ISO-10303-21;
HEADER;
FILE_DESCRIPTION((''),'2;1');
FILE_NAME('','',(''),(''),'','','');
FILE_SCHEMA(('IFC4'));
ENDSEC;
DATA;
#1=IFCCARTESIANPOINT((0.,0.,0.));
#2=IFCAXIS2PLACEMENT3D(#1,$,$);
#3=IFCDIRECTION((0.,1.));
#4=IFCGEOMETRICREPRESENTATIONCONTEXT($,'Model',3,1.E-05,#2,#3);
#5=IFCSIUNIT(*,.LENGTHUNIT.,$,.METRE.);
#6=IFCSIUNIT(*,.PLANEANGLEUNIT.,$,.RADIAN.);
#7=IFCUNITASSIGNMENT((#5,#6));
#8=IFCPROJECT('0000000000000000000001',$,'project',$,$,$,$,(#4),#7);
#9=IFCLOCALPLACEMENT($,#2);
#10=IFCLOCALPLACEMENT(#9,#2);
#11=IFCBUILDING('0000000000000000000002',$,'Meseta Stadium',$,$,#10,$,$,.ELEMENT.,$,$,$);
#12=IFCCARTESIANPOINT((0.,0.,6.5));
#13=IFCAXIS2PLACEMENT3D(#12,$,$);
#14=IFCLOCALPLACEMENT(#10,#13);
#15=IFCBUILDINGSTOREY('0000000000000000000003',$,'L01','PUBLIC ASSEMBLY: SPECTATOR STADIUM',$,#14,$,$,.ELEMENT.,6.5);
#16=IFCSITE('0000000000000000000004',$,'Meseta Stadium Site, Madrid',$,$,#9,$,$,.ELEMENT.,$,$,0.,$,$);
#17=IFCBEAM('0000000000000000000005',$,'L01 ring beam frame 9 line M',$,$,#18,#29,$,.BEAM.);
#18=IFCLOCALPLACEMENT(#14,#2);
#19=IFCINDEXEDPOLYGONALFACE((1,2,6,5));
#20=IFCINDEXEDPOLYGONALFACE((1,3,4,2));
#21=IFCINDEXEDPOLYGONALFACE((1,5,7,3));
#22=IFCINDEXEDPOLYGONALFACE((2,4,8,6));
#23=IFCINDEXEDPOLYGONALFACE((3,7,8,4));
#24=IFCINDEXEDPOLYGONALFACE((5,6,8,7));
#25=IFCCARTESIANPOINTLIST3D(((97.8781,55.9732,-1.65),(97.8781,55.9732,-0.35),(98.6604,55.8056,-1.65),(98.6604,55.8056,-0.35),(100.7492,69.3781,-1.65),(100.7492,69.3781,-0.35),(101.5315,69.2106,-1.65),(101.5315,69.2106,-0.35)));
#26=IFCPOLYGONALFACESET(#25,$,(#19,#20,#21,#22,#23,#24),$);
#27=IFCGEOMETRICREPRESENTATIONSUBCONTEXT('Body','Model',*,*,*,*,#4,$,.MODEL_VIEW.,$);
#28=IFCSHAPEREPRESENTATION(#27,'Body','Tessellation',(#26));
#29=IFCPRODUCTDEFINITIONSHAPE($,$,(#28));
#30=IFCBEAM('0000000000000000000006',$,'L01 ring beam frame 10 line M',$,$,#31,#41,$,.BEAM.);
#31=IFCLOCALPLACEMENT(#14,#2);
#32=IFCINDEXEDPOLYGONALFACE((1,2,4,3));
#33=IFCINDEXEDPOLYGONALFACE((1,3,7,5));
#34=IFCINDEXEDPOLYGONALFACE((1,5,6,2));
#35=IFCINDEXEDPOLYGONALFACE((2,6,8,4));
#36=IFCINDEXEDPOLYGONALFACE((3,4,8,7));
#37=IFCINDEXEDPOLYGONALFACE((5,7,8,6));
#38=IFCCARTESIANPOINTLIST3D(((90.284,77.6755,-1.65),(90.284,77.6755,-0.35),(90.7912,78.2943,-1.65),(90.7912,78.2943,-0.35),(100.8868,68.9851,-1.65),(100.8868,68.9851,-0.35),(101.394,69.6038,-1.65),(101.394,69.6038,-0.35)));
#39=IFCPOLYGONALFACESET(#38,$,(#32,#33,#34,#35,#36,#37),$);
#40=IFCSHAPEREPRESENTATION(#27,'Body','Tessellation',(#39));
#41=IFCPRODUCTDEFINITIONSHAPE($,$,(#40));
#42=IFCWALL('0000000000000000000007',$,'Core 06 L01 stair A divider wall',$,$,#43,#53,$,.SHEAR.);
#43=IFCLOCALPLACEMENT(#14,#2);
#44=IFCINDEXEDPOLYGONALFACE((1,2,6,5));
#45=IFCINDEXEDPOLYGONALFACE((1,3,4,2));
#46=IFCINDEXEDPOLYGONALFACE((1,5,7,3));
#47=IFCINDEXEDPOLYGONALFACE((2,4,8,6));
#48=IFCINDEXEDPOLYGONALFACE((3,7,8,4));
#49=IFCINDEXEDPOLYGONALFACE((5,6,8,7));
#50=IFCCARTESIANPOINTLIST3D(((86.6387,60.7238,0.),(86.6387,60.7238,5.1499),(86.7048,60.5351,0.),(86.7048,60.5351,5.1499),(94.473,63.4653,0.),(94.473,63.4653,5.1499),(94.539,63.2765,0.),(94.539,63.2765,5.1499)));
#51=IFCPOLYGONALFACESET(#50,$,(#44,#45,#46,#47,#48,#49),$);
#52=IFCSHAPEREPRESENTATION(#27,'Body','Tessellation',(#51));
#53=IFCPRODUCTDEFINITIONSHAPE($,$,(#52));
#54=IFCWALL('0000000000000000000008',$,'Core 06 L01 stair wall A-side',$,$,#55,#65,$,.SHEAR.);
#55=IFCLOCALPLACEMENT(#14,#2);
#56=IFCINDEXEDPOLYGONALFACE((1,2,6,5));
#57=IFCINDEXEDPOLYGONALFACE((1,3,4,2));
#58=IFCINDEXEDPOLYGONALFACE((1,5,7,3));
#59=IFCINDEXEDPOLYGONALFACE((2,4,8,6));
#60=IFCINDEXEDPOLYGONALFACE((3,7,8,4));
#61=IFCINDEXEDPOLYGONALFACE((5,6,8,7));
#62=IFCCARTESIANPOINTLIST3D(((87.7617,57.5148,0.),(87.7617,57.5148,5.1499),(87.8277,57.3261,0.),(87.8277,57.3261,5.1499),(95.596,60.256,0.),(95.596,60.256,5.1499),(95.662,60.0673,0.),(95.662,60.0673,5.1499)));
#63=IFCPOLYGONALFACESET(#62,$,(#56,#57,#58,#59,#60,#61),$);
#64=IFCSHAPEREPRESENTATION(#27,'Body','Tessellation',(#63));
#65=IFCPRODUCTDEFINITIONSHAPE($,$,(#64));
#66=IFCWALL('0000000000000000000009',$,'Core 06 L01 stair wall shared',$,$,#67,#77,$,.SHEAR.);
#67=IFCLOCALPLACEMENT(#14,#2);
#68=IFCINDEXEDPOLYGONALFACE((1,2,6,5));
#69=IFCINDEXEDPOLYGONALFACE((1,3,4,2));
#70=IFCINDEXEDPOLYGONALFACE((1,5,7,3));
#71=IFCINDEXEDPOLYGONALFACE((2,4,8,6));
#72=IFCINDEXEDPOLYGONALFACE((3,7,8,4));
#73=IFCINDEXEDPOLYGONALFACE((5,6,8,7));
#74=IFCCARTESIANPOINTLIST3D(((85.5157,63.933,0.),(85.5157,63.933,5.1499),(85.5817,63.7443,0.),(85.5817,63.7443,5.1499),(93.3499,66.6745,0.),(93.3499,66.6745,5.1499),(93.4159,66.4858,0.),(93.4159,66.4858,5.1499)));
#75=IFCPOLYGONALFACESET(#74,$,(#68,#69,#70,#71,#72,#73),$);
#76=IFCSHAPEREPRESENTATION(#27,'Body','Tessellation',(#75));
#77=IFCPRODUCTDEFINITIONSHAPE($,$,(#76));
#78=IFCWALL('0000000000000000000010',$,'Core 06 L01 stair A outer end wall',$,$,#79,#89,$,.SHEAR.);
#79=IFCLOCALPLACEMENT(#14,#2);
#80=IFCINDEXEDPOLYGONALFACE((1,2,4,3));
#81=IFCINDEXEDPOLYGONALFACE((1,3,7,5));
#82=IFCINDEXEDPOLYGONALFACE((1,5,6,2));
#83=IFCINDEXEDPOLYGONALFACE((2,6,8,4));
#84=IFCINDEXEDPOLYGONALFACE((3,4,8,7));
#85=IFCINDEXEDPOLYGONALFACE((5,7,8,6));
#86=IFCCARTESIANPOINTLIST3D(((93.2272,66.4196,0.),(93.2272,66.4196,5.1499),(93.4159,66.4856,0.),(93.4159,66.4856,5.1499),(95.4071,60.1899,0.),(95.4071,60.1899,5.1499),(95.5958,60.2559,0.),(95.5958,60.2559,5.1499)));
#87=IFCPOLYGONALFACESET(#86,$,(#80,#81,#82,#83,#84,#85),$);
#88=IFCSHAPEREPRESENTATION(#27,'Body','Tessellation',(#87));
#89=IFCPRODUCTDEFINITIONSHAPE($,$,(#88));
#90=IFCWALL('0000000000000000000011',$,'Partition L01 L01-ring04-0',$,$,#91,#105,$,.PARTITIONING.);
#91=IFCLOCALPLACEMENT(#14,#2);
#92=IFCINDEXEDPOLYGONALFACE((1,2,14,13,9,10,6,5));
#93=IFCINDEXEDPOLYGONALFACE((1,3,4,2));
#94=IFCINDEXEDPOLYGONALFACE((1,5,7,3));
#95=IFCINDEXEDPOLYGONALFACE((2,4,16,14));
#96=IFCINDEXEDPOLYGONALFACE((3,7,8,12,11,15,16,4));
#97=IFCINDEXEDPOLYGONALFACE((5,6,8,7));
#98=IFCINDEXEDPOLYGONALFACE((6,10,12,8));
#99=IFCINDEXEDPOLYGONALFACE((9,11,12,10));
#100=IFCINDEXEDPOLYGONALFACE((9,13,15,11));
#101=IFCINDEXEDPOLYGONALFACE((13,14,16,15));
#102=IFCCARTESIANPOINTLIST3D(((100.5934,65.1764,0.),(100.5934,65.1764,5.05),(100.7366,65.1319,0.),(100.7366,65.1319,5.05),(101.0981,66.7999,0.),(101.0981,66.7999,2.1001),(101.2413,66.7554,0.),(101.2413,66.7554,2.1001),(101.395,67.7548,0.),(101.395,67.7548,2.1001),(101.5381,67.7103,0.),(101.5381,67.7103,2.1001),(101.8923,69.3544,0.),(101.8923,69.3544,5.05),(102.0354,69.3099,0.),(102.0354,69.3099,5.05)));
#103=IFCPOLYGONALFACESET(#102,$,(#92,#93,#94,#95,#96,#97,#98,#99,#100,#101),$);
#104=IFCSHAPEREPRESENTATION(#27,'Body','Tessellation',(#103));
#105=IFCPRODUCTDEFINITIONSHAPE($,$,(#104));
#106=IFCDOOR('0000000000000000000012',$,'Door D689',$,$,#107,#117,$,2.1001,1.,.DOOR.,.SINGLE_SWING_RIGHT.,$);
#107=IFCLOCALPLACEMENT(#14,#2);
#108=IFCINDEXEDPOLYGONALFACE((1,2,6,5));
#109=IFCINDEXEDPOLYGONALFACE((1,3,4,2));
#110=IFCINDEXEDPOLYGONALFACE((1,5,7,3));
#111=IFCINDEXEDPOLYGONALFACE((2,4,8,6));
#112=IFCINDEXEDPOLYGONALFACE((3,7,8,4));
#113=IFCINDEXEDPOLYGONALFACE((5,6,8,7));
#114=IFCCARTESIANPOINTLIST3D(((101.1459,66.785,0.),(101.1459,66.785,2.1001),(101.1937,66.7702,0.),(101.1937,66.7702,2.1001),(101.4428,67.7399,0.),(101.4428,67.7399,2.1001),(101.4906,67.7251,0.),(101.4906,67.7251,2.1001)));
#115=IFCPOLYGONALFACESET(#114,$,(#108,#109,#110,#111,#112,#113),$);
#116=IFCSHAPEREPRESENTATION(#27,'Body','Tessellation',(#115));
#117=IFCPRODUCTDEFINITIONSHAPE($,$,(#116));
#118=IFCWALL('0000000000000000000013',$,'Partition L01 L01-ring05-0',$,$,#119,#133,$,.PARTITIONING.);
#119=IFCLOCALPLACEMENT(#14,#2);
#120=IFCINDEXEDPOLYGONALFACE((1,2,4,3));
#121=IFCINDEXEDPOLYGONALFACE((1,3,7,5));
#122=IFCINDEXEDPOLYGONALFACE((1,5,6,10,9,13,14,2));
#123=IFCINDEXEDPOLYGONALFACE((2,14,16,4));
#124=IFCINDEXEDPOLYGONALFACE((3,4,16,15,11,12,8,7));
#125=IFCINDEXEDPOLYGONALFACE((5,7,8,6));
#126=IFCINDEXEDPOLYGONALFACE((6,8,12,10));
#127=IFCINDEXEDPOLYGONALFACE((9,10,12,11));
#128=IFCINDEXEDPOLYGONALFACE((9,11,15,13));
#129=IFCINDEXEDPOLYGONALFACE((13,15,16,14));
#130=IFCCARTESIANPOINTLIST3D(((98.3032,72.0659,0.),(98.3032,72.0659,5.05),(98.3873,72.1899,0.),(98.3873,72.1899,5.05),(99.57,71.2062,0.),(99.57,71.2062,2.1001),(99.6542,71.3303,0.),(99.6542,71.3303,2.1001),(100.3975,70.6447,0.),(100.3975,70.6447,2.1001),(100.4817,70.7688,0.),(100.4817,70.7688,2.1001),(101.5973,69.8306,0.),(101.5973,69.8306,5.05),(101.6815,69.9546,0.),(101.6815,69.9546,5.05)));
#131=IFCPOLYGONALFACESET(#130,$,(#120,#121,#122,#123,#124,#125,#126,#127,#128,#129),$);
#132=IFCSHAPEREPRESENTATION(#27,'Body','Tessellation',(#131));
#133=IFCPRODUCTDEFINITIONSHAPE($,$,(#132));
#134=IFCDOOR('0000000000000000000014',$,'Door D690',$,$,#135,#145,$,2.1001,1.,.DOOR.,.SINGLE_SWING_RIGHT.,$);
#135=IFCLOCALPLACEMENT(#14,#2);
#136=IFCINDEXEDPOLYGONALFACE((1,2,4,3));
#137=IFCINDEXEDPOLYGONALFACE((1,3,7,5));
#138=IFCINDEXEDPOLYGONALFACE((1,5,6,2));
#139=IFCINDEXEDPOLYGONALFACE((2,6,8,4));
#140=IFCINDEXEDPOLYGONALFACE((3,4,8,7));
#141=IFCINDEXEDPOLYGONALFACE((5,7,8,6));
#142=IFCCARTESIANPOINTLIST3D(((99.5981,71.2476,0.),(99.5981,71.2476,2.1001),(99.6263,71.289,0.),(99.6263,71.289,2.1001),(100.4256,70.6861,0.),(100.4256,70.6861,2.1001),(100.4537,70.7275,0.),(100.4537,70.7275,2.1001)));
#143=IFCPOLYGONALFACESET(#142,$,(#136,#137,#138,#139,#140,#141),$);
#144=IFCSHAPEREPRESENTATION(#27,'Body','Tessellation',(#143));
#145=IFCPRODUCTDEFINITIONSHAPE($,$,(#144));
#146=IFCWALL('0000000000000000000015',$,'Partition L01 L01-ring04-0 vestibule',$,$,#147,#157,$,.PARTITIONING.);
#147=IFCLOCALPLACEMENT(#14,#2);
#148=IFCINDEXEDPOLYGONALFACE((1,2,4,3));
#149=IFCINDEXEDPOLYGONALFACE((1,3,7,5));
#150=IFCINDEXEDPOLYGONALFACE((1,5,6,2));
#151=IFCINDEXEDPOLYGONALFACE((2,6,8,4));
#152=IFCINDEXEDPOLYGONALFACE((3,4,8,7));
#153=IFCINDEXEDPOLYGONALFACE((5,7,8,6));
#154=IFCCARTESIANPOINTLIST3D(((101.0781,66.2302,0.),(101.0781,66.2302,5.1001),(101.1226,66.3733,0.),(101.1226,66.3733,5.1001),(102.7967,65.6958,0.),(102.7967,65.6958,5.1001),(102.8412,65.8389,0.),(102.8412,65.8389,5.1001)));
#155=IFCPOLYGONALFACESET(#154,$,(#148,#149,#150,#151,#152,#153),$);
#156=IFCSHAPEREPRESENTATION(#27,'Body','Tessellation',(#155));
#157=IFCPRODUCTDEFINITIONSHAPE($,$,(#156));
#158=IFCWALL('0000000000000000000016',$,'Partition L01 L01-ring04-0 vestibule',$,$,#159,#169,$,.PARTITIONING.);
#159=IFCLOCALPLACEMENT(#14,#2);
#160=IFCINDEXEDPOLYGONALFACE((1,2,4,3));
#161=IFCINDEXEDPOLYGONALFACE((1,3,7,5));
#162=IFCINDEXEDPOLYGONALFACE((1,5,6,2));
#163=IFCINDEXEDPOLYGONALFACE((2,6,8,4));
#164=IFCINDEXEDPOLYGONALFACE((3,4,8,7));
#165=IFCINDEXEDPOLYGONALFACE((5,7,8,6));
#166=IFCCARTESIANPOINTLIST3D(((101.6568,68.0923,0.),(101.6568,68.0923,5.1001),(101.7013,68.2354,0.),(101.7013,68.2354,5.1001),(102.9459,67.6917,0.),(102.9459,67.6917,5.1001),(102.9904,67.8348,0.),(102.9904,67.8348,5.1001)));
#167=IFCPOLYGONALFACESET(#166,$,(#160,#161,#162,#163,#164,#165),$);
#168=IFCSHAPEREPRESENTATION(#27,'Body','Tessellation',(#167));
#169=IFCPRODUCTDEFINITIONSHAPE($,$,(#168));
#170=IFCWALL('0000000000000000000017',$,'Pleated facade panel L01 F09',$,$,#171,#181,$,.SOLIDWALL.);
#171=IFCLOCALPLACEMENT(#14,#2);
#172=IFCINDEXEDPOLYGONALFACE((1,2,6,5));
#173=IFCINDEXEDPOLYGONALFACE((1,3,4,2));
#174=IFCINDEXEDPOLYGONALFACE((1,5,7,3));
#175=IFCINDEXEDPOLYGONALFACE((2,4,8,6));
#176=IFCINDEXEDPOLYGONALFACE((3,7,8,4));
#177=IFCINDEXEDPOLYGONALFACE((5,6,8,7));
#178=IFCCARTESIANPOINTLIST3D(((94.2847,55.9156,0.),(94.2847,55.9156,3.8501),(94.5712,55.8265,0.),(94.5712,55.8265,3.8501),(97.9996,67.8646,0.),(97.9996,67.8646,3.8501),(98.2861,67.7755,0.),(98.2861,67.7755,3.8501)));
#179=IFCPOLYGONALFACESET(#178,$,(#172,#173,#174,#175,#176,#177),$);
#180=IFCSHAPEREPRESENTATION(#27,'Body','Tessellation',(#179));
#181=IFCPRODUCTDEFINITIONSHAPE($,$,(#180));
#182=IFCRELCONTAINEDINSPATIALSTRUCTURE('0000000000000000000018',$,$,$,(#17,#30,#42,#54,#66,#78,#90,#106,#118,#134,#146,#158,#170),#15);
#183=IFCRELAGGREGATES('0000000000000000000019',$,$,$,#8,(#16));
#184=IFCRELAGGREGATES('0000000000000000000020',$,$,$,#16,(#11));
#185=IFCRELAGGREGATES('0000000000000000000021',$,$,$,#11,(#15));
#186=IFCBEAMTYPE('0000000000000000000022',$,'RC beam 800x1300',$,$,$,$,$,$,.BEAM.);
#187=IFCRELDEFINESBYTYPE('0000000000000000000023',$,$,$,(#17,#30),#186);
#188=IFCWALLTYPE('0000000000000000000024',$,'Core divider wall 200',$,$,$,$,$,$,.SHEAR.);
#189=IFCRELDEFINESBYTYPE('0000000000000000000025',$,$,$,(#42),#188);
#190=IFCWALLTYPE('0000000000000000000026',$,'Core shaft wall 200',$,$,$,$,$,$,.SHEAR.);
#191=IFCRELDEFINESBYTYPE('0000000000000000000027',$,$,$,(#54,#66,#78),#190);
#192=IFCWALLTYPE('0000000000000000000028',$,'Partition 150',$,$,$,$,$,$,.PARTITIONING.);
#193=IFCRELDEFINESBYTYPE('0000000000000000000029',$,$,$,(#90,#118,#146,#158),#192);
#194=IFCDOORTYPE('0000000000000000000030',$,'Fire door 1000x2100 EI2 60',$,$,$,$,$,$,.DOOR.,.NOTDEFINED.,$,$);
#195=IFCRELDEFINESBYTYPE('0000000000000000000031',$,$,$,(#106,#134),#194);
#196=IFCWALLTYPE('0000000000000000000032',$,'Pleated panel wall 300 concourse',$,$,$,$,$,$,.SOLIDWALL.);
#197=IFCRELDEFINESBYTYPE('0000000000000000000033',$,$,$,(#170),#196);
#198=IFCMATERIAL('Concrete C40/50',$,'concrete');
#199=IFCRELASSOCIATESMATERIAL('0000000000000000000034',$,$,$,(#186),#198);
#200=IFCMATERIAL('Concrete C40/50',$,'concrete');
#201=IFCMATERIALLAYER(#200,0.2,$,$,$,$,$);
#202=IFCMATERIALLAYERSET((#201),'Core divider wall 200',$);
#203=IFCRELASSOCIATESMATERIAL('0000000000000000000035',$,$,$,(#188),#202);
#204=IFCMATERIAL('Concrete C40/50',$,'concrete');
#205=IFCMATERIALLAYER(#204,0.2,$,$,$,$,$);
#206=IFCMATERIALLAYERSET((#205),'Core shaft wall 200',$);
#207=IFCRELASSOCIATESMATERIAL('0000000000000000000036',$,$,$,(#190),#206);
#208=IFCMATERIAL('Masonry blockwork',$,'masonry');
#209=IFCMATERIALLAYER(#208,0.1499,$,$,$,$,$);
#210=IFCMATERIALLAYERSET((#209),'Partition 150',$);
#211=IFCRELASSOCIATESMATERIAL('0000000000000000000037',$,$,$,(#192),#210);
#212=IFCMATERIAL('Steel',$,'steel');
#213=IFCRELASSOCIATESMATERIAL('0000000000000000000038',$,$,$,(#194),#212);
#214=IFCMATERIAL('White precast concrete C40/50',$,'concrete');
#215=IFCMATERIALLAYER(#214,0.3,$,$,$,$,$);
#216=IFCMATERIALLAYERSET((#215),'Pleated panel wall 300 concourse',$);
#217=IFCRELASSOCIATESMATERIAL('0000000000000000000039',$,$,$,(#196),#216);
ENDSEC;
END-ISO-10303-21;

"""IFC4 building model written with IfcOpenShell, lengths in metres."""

from ifc_helpers import new_model, si_unit, direction, frame, frame_2d, origin, origin_2d, place, context, subcontext, project, spatial, rectangle, extrude, material, layer, layer_set, material_profile, profile_set, type_object, element, fill, save


model = new_model("IFC4")

# Units and contexts
model_context = context("Model", 3, precision=1e-05, world=origin(), true_north=direction((0.0, 1.0)))
body_context = subcontext(model_context, "Body", "Model", "MODEL_VIEW")
ifc_project = project(units=[si_unit("LENGTHUNIT", "METRE"), si_unit("PLANEANGLEUNIT", "RADIAN")], contexts=[model_context])

# Site, building, storey
site_placement = place(None, origin())
site = spatial("IfcSite", under=ifc_project, at=site_placement, Name="Meseta Stadium Site, Madrid", CompositionType="ELEMENT", RefElevation=0.0)
building_placement = place(site_placement, origin())
building = spatial("IfcBuilding", under=site, at=building_placement, Name="Meseta Stadium", CompositionType="ELEMENT")
storey_placement = place(building_placement, frame((0.0, 0.0, 6.5)))
storey = spatial("IfcBuildingStorey", under=building, at=storey_placement, Name="L01", Description="PUBLIC ASSEMBLY: SPECTATOR STADIUM", CompositionType="ELEMENT", Elevation=6.5)

# Beams
ifc_material_1 = material(Name="Concrete C40/50", Category="concrete")
ifc_material_profile_1 = material_profile(ifc_material_1, rectangle(XDim=0.8, YDim=1.3, at=origin_2d()), Name="RC 800x1300")
ifc_profile_set_1 = profile_set([ifc_material_profile_1], Name="Concrete C40/50")
beam_type_1 = type_object("IfcBeamType", Name="RC beam 800x1300", PredefinedType="BEAM", material=ifc_profile_set_1)
beam_1_placement = place(storey_placement, frame((98.2693, 55.8894, -1.0), z_axis=(0.209431, 0.977824, 0.0), x_axis=(-0.977824, 0.209431, 0.0)))
element("IfcBeam", 1, at=beam_1_placement, inside=storey, type_object=beam_type_1, Name="L01 ring beam frame 9 line M", PredefinedType="BEAM", context=body_context, shape_type="SweptSolid", body=[
    extrude(rectangle(XDim=0.8, YDim=1.3, at=origin_2d()), origin(), (0.0, 0.0, 1.0), 13.709),
])
beam_2_placement = place(storey_placement, frame((101.1404, 69.2944, -1.0), z_axis=(-0.773406, 0.633912, 0.0), x_axis=(-0.633912, -0.773406, 0.0)))
element("IfcBeam", 2, at=beam_2_placement, inside=storey, type_object=beam_type_1, Name="L01 ring beam frame 10 line M", PredefinedType="BEAM", context=body_context, shape_type="SweptSolid", body=[
    extrude(rectangle(XDim=0.8, YDim=1.3, at=origin_2d()), origin(), (0.0, 0.0, 1.0), 13.7092),
])

# Walls
ifc_material_2 = material(Name="Concrete C40/50", Category="concrete")
ifc_layer_1 = layer(ifc_material_2, 0.2)
ifc_layer_set_1 = layer_set([ifc_layer_1], Name="Core divider wall 200")
wall_type_1 = type_object("IfcWallType", Name="Core divider wall 200", PredefinedType="SHEAR", material=ifc_layer_set_1)
wall_1_placement = place(storey_placement, frame((94.5059, 63.3708, 0.0), z_axis=(0.0, 0.0, 1.0), x_axis=(-0.943878, -0.330294, 0.0)))
element("IfcWall", 3, at=wall_1_placement, inside=storey, type_object=wall_type_1, Name="Core 06 L01 stair A divider wall", PredefinedType="SHEAR", context=body_context, shape_type="SweptSolid", body=[
    extrude(rectangle(XDim=8.3, YDim=0.2, at=frame_2d((4.1499, 0.0))), origin(), (0.0, 0.0, 1.0), 5.1499),
])
ifc_material_3 = material(Name="Concrete C40/50", Category="concrete")
ifc_layer_2 = layer(ifc_material_3, 0.2)
ifc_layer_set_2 = layer_set([ifc_layer_2], Name="Core shaft wall 200")
wall_type_2 = type_object("IfcWallType", Name="Core shaft wall 200", PredefinedType="SHEAR", material=ifc_layer_set_2)
for number, where, z_axis, x_axis, name in (
    (4, (95.6289, 60.1616, 0.0), (0.0, 0.0, 1.0), (-0.943887, -0.330268, 0.0), "Core 06 L01 stair wall A-side"),
    (5, (93.3828, 66.5801, 0.0), (0.0, 0.0, 1.0), (-0.943878, -0.330294, 0.0), "Core 06 L01 stair wall shared"),
):
    element("IfcWall", number, at=place(storey_placement, frame(where, z_axis=z_axis, x_axis=x_axis)), inside=storey, type_object=wall_type_2, Name=name, PredefinedType="SHEAR", context=body_context, shape_type="SweptSolid", body=[
        extrude(rectangle(XDim=8.3, YDim=0.2, at=frame_2d((4.1499, 0.0))), origin(), (0.0, 0.0, 1.0), 5.1499),
    ])
wall_2_placement = place(storey_placement, frame((95.5015, 60.2229, 0.0), z_axis=(0.0, 0.0, 1.0), x_axis=(-0.330286, 0.943881, 0.0)))
element("IfcWall", 6, at=wall_2_placement, inside=storey, type_object=wall_type_2, Name="Core 06 L01 stair A outer end wall", PredefinedType="SHEAR", context=body_context, shape_type="SweptSolid", body=[
    extrude(rectangle(XDim=6.6001, YDim=0.2, at=frame_2d((3.3, 0.0))), origin(), (0.0, 0.0, 1.0), 5.1499),
])

# Walls, openings, doors
ifc_material_4 = material(Name="Masonry blockwork", Category="masonry")
ifc_layer_3 = layer(ifc_material_4, 0.1499)
ifc_layer_set_3 = layer_set([ifc_layer_3], Name="Partition 150")
wall_type_3 = type_object("IfcWallType", Name="Partition 150", PredefinedType="PARTITIONING", material=ifc_layer_set_3)
wall_3_placement = place(storey_placement, frame((100.665, 65.1543, 0.0), z_axis=(0.0, 0.0, 1.0), x_axis=(0.296861, 0.954921, 0.0)))
wall_3 = element("IfcWall", 7, at=wall_3_placement, inside=storey, type_object=wall_type_3, Name="Partition L01 L01-ring04-0", PredefinedType="PARTITIONING", context=body_context, shape_type="SweptSolid", body=[
    extrude(rectangle(XDim=4.3752, YDim=0.1499, at=frame_2d((2.1875, 0.0))), origin(), (0.0, 0.0, 1.0), 5.05),
])
opening_1_placement = place(wall_3_placement, frame((1.7, 0.0, 0.0)))
opening_1 = element("IfcOpeningElement", 8, at=opening_1_placement, cuts=wall_3, PredefinedType="OPENING", context=body_context, shape_type="SweptSolid", body=[
    extrude(rectangle(XDim=1.0, YDim=2.1001, at=frame_2d((0.5, 1.05))), frame((0.0, 0.085, 0.0), z_axis=(0.0, -1.0, 0.0), x_axis=(1.0, 0.0, 0.0)), (0.0, 0.0, 1.0), 0.1699),
])
ifc_material_5 = material(Name="Steel", Category="steel")
door_type = type_object("IfcDoorType", Name="Fire door 1000x2100 EI2 60", OperationType="NOTDEFINED", PredefinedType="DOOR", material=ifc_material_5)
door_1_placement = place(opening_1_placement, origin())
door_1 = element("IfcDoor", 9, at=door_1_placement, inside=storey, type_object=door_type, Name="Door D689", OperationType="SINGLE_SWING_RIGHT", OverallHeight=2.1001, OverallWidth=1.0, PredefinedType="DOOR", context=body_context, shape_type="SweptSolid", body=[
    extrude(rectangle(XDim=1.0, YDim=2.1001, at=frame_2d((0.5, 1.05))), frame((0.0, 0.0249, 0.0), z_axis=(0.0, -1.0, 0.0), x_axis=(1.0, 0.0, 0.0)), (0.0, 0.0, 1.0), 0.05),
])
fill(opening_1, door_1)
wall_4_placement = place(storey_placement, frame((101.6394, 69.8926, 0.0), z_axis=(0.0, 0.0, 1.0), x_axis=(-0.827475, 0.561503, 0.0)))
wall_4 = element("IfcWall", 10, at=wall_4_placement, inside=storey, type_object=wall_type_3, Name="Partition L01 L01-ring05-0", PredefinedType="PARTITIONING", context=body_context, shape_type="SweptSolid", body=[
    extrude(rectangle(XDim=3.981, YDim=0.1499, at=frame_2d((1.9905, 0.0))), origin(), (0.0, 0.0, 1.0), 5.05),
])
opening_2_placement = place(wall_4_placement, frame((1.45, 0.0, 0.0)))
opening_2 = element("IfcOpeningElement", 11, at=opening_2_placement, cuts=wall_4, PredefinedType="OPENING", context=body_context, shape_type="SweptSolid", body=[
    extrude(rectangle(XDim=1.0, YDim=2.1001, at=frame_2d((0.5, 1.05))), frame((0.0, 0.085, 0.0), z_axis=(0.0, -1.0, 0.0), x_axis=(1.0, 0.0, 0.0)), (0.0, 0.0, 1.0), 0.1699),
])
door_2_placement = place(opening_2_placement, origin())
door_2 = element("IfcDoor", 12, at=door_2_placement, inside=storey, type_object=door_type, Name="Door D690", OperationType="SINGLE_SWING_RIGHT", OverallHeight=2.1001, OverallWidth=1.0, PredefinedType="DOOR", context=body_context, shape_type="SweptSolid", body=[
    extrude(rectangle(XDim=1.0, YDim=2.1001, at=frame_2d((0.5, 1.05))), frame((0.0, 0.0249, 0.0), z_axis=(0.0, -1.0, 0.0), x_axis=(1.0, 0.0, 0.0)), (0.0, 0.0, 1.0), 0.05),
])
fill(opening_2, door_2)

# Walls
wall_5_placement = place(storey_placement, frame((101.1003, 66.3018, 0.0), z_axis=(0.0, 0.0, 1.0), x_axis=(0.954904, -0.296915, 0.0)))
element("IfcWall", 13, at=wall_5_placement, inside=storey, type_object=wall_type_3, Name="Partition L01 L01-ring04-0 vestibule", PredefinedType="PARTITIONING", context=body_context, shape_type="SweptSolid", body=[
    extrude(rectangle(XDim=1.7998, YDim=0.1499, at=frame_2d((0.8999, 0.0))), origin(), (0.0, 0.0, 1.0), 5.1001),
])
wall_6_placement = place(storey_placement, frame((101.6792, 68.1638, 0.0), z_axis=(0.0, 0.0, 1.0), x_axis=(0.954942, -0.296792, 0.0)))
element("IfcWall", 14, at=wall_6_placement, inside=storey, type_object=wall_type_3, Name="Partition L01 L01-ring04-0 vestibule", PredefinedType="PARTITIONING", context=body_context, shape_type="SweptSolid", body=[
    extrude(rectangle(XDim=1.3499, YDim=0.1499, at=frame_2d((0.6748, 0.0))), origin(), (0.0, 0.0, 1.0), 5.1001),
])
ifc_material_6 = material(Name="White precast concrete C40/50", Category="concrete")
ifc_layer_4 = layer(ifc_material_6, 0.3)
ifc_layer_set_4 = layer_set([ifc_layer_4], Name="Pleated panel wall 300 concourse")
wall_type_4 = type_object("IfcWallType", Name="Pleated panel wall 300 concourse", PredefinedType="SOLIDWALL", material=ifc_layer_set_4)
wall_7_placement = place(storey_placement, frame((98.1428, 67.8201, 0.0), z_axis=(0.0, 0.0, 1.0), x_axis=(-0.296876, -0.954916, 0.0)))
element("IfcWall", 15, at=wall_7_placement, inside=storey, type_object=wall_type_4, Name="Pleated facade panel L01 F09", PredefinedType="SOLIDWALL", context=body_context, shape_type="SweptSolid", body=[
    extrude(rectangle(XDim=12.5132, YDim=0.3, at=frame_2d((6.2566, 0.0))), origin(), (0.0, 0.0, 1.0), 3.8501),
])

save(model, "model.ifc")
